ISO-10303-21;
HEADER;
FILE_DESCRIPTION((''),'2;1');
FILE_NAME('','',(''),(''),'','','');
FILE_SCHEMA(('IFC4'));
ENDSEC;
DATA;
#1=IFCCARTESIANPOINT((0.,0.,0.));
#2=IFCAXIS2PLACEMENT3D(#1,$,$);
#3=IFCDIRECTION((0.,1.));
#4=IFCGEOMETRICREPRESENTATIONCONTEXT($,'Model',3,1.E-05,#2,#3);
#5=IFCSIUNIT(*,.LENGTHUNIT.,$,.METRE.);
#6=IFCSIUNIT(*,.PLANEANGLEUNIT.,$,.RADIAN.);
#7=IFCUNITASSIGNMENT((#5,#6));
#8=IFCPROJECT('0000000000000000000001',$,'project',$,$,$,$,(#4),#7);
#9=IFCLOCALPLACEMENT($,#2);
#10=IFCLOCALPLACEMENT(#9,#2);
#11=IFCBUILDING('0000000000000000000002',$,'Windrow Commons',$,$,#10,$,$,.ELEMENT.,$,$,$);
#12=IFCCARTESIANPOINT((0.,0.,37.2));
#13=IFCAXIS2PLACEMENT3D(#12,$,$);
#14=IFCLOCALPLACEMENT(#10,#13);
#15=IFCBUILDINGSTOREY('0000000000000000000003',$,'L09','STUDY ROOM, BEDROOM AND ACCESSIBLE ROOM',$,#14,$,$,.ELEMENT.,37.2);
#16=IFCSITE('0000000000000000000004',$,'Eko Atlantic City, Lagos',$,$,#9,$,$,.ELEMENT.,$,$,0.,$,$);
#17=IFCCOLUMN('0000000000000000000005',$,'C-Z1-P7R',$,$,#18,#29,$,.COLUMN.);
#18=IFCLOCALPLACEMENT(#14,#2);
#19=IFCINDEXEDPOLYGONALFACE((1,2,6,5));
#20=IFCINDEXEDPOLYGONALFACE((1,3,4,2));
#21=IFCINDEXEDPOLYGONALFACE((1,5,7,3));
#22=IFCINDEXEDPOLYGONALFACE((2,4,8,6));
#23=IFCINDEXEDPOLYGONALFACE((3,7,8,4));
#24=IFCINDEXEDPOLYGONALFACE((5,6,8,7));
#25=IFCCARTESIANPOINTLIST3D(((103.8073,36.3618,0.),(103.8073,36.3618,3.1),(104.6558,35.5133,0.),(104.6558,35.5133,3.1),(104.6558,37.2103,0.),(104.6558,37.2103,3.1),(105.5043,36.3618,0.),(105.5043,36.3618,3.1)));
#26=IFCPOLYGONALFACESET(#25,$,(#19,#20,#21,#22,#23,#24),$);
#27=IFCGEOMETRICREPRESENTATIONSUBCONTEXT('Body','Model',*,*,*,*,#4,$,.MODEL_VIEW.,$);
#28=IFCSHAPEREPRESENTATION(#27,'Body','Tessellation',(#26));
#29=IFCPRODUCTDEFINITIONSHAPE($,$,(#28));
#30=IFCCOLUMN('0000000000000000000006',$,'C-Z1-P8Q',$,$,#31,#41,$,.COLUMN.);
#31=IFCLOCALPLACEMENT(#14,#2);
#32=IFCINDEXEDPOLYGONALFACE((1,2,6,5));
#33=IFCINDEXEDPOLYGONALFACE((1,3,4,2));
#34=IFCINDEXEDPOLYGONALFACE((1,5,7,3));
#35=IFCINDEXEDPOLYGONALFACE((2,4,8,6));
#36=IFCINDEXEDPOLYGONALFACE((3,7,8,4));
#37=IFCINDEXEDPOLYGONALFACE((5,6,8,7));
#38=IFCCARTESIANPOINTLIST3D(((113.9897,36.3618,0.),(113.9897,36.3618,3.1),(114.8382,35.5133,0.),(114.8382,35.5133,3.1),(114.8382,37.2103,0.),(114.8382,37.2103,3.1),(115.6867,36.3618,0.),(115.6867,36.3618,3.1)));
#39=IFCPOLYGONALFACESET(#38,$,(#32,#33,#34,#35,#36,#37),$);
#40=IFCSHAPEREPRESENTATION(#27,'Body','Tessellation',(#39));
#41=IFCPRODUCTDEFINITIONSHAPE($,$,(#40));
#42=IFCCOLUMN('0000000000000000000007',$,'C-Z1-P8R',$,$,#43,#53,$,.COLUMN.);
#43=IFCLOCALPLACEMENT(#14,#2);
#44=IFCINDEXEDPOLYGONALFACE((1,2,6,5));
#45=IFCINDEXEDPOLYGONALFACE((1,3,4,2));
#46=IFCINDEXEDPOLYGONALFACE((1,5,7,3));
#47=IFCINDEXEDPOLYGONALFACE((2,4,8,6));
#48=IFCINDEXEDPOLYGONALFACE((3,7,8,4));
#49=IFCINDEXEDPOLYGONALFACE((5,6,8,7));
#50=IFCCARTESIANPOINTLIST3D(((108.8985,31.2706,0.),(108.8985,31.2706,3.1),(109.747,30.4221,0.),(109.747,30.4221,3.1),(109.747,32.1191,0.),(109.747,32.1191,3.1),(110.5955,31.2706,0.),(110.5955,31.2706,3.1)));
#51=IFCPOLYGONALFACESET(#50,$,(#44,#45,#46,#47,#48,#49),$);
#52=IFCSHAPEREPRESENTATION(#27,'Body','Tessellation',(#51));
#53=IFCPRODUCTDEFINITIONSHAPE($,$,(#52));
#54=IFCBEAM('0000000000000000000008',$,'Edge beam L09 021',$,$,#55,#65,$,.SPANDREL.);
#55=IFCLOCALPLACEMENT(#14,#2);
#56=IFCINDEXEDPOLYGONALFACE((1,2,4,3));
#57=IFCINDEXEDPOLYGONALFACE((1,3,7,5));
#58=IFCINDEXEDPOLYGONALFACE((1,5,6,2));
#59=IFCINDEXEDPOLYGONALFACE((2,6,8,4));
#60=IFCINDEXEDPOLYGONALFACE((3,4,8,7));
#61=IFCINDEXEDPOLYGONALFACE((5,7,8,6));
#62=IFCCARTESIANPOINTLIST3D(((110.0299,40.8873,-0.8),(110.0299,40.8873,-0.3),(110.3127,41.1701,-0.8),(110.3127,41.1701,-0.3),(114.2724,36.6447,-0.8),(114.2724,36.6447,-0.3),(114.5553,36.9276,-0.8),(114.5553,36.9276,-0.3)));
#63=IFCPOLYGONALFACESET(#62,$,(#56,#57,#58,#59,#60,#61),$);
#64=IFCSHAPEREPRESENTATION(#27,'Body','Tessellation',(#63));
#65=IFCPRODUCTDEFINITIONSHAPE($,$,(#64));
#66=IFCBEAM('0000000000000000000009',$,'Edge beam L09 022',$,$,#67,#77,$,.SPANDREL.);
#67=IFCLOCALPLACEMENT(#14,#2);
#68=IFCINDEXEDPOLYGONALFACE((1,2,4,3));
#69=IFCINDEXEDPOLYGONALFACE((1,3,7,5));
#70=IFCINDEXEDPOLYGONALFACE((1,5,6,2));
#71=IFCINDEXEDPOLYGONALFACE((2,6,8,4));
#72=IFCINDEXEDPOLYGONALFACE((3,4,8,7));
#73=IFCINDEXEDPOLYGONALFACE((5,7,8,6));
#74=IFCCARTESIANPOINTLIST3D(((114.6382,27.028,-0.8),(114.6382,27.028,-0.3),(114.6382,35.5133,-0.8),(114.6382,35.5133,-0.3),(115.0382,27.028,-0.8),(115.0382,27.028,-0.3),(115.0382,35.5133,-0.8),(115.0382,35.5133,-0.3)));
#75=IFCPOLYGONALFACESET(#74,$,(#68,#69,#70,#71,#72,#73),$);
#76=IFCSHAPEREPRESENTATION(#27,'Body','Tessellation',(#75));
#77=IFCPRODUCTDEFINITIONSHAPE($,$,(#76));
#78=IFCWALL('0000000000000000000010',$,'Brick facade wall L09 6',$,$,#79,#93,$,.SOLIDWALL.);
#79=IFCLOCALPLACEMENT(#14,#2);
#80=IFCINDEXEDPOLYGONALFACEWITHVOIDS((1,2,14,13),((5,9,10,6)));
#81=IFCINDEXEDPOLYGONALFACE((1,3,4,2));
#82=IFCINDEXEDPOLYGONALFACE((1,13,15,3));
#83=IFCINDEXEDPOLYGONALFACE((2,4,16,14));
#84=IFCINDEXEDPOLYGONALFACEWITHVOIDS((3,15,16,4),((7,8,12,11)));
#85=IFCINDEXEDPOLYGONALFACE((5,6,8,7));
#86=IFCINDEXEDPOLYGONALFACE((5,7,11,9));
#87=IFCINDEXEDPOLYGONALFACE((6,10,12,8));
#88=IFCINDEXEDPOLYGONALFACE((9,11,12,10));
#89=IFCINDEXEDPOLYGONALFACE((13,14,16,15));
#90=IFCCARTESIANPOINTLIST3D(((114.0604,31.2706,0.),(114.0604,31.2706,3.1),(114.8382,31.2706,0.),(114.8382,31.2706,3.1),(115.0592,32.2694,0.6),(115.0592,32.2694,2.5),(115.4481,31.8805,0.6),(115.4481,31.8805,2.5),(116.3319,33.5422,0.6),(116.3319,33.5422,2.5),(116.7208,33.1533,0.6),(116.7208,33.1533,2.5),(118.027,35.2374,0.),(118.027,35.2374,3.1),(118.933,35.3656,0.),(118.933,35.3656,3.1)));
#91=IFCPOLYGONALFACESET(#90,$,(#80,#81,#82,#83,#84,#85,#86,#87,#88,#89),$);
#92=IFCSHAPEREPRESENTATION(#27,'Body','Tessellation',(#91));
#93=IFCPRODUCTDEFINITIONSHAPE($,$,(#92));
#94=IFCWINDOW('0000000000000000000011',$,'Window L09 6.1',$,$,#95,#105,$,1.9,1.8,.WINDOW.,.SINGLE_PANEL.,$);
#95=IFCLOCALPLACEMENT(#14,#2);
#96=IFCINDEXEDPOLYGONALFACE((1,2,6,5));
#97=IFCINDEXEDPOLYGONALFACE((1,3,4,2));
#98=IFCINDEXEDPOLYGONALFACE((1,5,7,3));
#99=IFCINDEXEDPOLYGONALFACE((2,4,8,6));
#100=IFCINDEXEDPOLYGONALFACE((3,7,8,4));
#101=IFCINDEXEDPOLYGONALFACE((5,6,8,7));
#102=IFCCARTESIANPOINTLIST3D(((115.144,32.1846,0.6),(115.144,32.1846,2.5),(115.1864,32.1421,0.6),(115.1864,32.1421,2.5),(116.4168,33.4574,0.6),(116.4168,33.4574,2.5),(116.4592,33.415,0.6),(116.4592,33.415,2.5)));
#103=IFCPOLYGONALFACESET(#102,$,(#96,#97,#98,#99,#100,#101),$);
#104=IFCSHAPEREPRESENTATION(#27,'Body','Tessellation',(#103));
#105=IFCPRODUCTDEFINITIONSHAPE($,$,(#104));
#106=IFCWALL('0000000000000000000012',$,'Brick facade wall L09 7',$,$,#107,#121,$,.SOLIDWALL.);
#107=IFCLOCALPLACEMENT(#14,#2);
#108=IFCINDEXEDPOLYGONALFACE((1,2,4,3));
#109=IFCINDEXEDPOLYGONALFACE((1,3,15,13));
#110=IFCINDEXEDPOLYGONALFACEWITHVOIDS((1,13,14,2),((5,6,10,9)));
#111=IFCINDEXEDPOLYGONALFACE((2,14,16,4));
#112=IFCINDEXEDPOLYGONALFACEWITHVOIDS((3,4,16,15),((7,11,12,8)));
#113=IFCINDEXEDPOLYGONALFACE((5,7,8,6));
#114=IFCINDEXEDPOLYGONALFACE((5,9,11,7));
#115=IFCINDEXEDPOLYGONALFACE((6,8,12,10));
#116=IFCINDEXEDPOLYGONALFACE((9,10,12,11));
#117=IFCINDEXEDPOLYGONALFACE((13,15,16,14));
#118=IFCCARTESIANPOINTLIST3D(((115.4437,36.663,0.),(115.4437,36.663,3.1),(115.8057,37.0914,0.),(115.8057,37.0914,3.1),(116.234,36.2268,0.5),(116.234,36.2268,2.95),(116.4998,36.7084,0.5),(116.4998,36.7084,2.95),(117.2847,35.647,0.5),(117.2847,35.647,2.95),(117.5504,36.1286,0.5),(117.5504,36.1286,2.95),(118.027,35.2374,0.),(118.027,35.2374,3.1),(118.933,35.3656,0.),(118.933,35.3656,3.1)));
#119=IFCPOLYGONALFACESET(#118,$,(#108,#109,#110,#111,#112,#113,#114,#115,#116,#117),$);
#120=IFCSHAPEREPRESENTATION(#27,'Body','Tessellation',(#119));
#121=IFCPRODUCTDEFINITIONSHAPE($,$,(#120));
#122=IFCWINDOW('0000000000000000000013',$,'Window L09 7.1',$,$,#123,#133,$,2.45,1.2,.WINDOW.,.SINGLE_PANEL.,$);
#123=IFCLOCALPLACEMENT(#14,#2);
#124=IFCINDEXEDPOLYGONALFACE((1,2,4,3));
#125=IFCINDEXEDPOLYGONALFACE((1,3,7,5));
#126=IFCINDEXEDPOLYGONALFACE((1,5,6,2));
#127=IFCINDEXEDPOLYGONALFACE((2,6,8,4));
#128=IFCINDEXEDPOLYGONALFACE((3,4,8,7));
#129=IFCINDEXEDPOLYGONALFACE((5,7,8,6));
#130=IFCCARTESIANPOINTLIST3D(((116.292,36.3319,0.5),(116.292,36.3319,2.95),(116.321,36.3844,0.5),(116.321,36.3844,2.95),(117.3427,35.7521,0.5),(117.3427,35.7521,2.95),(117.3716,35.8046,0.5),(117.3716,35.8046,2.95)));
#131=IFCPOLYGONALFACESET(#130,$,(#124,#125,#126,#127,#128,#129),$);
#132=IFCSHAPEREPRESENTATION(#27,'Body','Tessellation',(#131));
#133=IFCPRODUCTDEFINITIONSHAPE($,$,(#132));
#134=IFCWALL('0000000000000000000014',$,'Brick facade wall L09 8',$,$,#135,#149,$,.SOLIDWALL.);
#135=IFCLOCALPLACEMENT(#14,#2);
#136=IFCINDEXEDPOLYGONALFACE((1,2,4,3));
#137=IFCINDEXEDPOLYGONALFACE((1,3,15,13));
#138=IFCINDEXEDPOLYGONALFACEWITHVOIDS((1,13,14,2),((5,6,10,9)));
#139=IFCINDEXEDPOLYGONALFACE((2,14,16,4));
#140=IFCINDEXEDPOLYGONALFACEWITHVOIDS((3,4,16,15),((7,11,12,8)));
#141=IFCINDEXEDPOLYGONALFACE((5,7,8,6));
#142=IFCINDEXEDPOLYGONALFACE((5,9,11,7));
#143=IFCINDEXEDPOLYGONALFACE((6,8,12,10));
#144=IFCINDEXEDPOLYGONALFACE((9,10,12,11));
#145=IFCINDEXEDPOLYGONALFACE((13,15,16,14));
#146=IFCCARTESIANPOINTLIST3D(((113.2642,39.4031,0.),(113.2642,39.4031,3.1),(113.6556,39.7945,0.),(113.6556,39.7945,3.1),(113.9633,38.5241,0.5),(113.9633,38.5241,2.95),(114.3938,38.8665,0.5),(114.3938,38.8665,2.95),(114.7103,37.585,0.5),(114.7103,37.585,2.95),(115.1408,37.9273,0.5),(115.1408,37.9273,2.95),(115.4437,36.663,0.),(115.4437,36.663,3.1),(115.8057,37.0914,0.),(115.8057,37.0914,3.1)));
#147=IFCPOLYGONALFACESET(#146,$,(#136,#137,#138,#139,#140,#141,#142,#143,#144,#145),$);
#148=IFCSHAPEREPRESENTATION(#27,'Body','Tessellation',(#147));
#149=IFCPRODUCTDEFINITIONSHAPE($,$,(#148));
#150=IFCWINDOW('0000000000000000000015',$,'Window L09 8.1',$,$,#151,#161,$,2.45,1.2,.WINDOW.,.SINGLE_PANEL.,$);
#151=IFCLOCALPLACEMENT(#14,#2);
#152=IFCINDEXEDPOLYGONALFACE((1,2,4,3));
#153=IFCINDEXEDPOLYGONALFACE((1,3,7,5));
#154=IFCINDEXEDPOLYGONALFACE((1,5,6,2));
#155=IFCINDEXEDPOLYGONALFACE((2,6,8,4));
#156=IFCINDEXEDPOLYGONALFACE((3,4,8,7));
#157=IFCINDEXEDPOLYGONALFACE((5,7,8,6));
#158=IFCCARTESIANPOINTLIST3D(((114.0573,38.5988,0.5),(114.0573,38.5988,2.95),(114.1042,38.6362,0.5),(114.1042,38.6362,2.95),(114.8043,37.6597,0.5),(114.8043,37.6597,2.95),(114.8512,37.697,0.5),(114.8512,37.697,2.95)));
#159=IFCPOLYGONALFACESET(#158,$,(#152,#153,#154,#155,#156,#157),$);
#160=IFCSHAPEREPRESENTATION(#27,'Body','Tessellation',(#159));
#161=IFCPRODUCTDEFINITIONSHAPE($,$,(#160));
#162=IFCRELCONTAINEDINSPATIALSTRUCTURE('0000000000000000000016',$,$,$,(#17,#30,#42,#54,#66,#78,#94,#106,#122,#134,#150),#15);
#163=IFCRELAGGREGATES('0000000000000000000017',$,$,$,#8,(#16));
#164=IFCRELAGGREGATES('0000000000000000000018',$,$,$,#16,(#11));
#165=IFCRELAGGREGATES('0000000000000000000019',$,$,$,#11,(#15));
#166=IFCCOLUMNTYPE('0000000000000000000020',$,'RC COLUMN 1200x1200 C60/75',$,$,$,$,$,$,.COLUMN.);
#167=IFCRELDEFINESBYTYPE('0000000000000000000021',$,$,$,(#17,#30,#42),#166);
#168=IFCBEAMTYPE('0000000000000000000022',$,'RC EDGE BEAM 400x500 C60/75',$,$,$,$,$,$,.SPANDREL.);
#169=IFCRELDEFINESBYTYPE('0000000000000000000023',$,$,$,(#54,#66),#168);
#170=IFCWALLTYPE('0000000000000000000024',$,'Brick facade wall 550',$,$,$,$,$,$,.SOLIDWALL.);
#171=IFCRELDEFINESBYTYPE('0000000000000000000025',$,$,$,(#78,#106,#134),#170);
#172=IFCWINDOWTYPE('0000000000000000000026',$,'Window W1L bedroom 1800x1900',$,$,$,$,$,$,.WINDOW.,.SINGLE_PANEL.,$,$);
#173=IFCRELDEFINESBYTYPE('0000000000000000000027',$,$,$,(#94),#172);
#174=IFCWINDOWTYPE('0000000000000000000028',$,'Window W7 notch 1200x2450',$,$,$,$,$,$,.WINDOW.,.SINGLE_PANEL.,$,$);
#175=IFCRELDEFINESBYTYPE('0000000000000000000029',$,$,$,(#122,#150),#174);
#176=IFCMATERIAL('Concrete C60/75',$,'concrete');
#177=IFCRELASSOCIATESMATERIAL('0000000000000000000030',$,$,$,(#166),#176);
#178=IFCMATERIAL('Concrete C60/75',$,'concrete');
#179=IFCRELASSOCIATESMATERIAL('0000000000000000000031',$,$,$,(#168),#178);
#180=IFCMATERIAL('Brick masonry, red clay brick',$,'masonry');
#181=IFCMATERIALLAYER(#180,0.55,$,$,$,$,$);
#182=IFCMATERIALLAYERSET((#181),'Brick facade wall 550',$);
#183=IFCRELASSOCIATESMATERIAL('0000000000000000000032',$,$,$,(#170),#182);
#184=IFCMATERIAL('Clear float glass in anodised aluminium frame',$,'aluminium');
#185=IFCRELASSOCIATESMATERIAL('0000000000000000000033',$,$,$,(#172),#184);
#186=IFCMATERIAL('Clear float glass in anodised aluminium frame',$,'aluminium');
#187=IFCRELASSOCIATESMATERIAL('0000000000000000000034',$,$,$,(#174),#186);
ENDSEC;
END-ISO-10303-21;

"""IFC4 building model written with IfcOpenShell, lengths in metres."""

from ifc_helpers import new_model, si_unit, direction, frame, frame_2d, origin, origin_2d, place, context, subcontext, project, spatial, polyline, rectangle, outline, extrude, material, layer, layer_set, material_profile, profile_set, type_object, element, fill, save


model = new_model("IFC4")

# Units and contexts
model_context = context("Model", 3, precision=1e-05, world=origin(), true_north=direction((0.0, 1.0)))
body_context = subcontext(model_context, "Body", "Model", "MODEL_VIEW")
ifc_project = project(units=[si_unit("LENGTHUNIT", "METRE"), si_unit("PLANEANGLEUNIT", "RADIAN")], contexts=[model_context])

# Site, building, storey
site_placement = place(None, origin())
site = spatial("IfcSite", under=ifc_project, at=site_placement, Name="Eko Atlantic City, Lagos", CompositionType="ELEMENT", RefElevation=0.0)
building_placement = place(site_placement, origin())
building = spatial("IfcBuilding", under=site, at=building_placement, Name="Windrow Commons", CompositionType="ELEMENT")
storey_placement = place(building_placement, frame((0.0, 0.0, 37.2)))
storey = spatial("IfcBuildingStorey", under=building, at=storey_placement, Name="L09", Description="STUDY ROOM, BEDROOM AND ACCESSIBLE ROOM", CompositionType="ELEMENT", Elevation=37.2)

# Columns
ifc_material_1 = material(Name="Concrete C60/75", Category="concrete")
ifc_material_profile_1 = material_profile(ifc_material_1, rectangle(XDim=1.2, YDim=1.2, at=origin_2d()))
ifc_profile_set_1 = profile_set([ifc_material_profile_1], Name="Concrete C60/75")
column_type = type_object("IfcColumnType", Name="RC COLUMN 1200x1200 C60/75", PredefinedType="COLUMN", material=ifc_profile_set_1)
for number, where, z_axis, x_axis, name in (
    (1, (104.6558, 36.3618, 0.0), (0.0, 0.0, 1.0), (0.707107, -0.707107, 0.0), "C-Z1-P7R"),
    (2, (114.8382, 36.3618, 0.0), (0.0, 0.0, 1.0), (0.707107, -0.707107, 0.0), "C-Z1-P8Q"),
    (3, (109.747, 31.2706, 0.0), (0.0, 0.0, 1.0), (0.707107, -0.707107, 0.0), "C-Z1-P8R"),
):
    element("IfcColumn", number, at=place(storey_placement, frame(where, z_axis=z_axis, x_axis=x_axis)), inside=storey, type_object=column_type, Name=name, PredefinedType="COLUMN", context=body_context, shape_type="SweptSolid", body=[
        extrude(rectangle(XDim=1.2, YDim=1.2, at=origin_2d()), origin(), (0.0, 0.0, 1.0), 3.1),
    ])

# Beams
ifc_material_2 = material(Name="Concrete C60/75", Category="concrete")
ifc_material_profile_2 = material_profile(ifc_material_2, rectangle(XDim=0.4, YDim=0.5, at=origin_2d()))
ifc_profile_set_2 = profile_set([ifc_material_profile_2], Name="Concrete C60/75")
beam_type = type_object("IfcBeamType", Name="RC EDGE BEAM 400x500 C60/75", PredefinedType="SPANDREL", material=ifc_profile_set_2)
beam_1_placement = place(storey_placement, frame((110.1713, 41.0287, -0.55), z_axis=(0.707107, -0.707107, 0.0), x_axis=(0.707107, 0.707107, 0.0)))
element("IfcBeam", 4, at=beam_1_placement, inside=storey, type_object=beam_type, Name="Edge beam L09 021", PredefinedType="SPANDREL", context=body_context, shape_type="SweptSolid", body=[
    extrude(rectangle(XDim=0.4, YDim=0.5, at=origin_2d()), origin(), (0.0, 0.0, 1.0), 5.9999),
])
beam_2_placement = place(storey_placement, frame((114.8382, 35.5133, -0.55), z_axis=(0.0, -1.0, 0.0), x_axis=(1.0, 0.0, 0.0)))
element("IfcBeam", 5, at=beam_2_placement, inside=storey, type_object=beam_type, Name="Edge beam L09 022", PredefinedType="SPANDREL", context=body_context, shape_type="SweptSolid", body=[
    extrude(rectangle(XDim=0.4, YDim=0.5, at=origin_2d()), origin(), (0.0, 0.0, 1.0), 8.4853),
])

# Walls, openings, windows
ifc_material_3 = material(Name="Brick masonry, red clay brick", Category="masonry")
ifc_layer_1 = layer(ifc_material_3, 0.55)
ifc_layer_set_1 = layer_set([ifc_layer_1], Name="Brick facade wall 550")
wall_type_1 = type_object("IfcWallType", Name="Brick facade wall 550", PredefinedType="SOLIDWALL", material=ifc_layer_set_1)
wall_1_placement = place(storey_placement, frame((114.4493, 31.2706, 0.0), z_axis=(0.0, 0.0, 1.0), x_axis=(0.707089, 0.707124, 0.0)))
wall_1 = element("IfcWall", 6, at=wall_1_placement, inside=storey, type_object=wall_type_1, Name="Brick facade wall L09 6", PredefinedType="SOLIDWALL", context=body_context, shape_type="SweptSolid", body=[
    extrude(outline(polyline([(0.275, -0.275), (6.066, -0.275), (5.3348, 0.275), (-0.275, 0.275), (0.275, -0.275)])), origin(), (0.0, 0.0, 1.0), 3.1),
])
opening_1_placement = place(wall_1_placement, frame((1.1375, 0.0, 0.6)))
opening_1 = element("IfcOpeningElement", 7, at=opening_1_placement, cuts=wall_1, PredefinedType="OPENING", context=body_context, shape_type="SweptSolid", body=[
    extrude(rectangle(XDim=1.8, YDim=1.9, at=frame_2d((0.9, 0.95))), frame((0.0, 0.285, 0.0), z_axis=(0.0, -1.0, 0.0), x_axis=(1.0, 0.0, 0.0)), (0.0, 0.0, 1.0), 0.57),
])
ifc_material_4 = material(Name="Clear float glass in anodised aluminium frame", Category="aluminium")
window_type_1 = type_object("IfcWindowType", Name="Window W1L bedroom 1800x1900", PartitioningType="SINGLE_PANEL", PredefinedType="WINDOW", material=ifc_material_4)
window_1_placement = place(opening_1_placement, origin())
window_1 = element("IfcWindow", 8, at=window_1_placement, inside=storey, type_object=window_type_1, Name="Window L09 6.1", OverallHeight=1.9, OverallWidth=1.8, PartitioningType="SINGLE_PANEL", PredefinedType="WINDOW", context=body_context, shape_type="SweptSolid", body=[
    extrude(rectangle(XDim=1.8, YDim=1.9, at=frame_2d((0.9, 0.95))), frame((0.0, 0.155, 0.0), z_axis=(0.0, -1.0, 0.0), x_axis=(1.0, 0.0, 0.0)), (0.0, 0.0, 1.0), 0.06),
])
fill(opening_1, window_1)
wall_2_placement = place(storey_placement, frame((118.48, 35.3015, 0.0), z_axis=(0.0, 0.0, 1.0), x_axis=(-0.875531, 0.483162, 0.0)))
wall_2 = element("IfcWall", 9, at=wall_2_placement, inside=storey, type_object=wall_type_1, Name="Brick facade wall L09 7", PredefinedType="SOLIDWALL", context=body_context, shape_type="SweptSolid", body=[
    extrude(outline(polyline([(-0.3656, -0.275), (3.2063, -0.275), (3.3162, 0.275), (0.3656, 0.275), (-0.3656, -0.275)])), origin(), (0.0, 0.0, 1.0), 3.1),
])
opening_2_placement = place(wall_2_placement, frame((1.2135, 0.0, 0.5)))
opening_2 = element("IfcOpeningElement", 10, at=opening_2_placement, cuts=wall_2, PredefinedType="OPENING", context=body_context, shape_type="SweptSolid", body=[
    extrude(rectangle(XDim=1.2, YDim=2.45, at=frame_2d((0.6, 1.225))), frame((0.0, 0.285, 0.0), z_axis=(0.0, -1.0, 0.0), x_axis=(1.0, 0.0, 0.0)), (0.0, 0.0, 1.0), 0.57),
])
ifc_material_5 = material(Name="Clear float glass in anodised aluminium frame", Category="aluminium")
window_type_2 = type_object("IfcWindowType", Name="Window W7 notch 1200x2450", PartitioningType="SINGLE_PANEL", PredefinedType="WINDOW", material=ifc_material_5)
window_2_placement = place(opening_2_placement, origin())
window_2 = element("IfcWindow", 11, at=window_2_placement, inside=storey, type_object=window_type_2, Name="Window L09 7.1", OverallHeight=2.45, OverallWidth=1.2, PartitioningType="SINGLE_PANEL", PredefinedType="WINDOW", context=body_context, shape_type="SweptSolid", body=[
    extrude(rectangle(XDim=1.2, YDim=2.45, at=frame_2d((0.6, 1.225))), frame((0.0, 0.155, 0.0), z_axis=(0.0, -1.0, 0.0), x_axis=(1.0, 0.0, 0.0)), (0.0, 0.0, 1.0), 0.06),
])
fill(opening_2, window_2)
wall_3_placement = place(storey_placement, frame((115.6247, 36.8772, 0.0), z_axis=(0.0, 0.0, 1.0), x_axis=(-0.622504, 0.782616, 0.0)))
wall_3 = element("IfcWall", 12, at=wall_3_placement, inside=storey, type_object=wall_type_1, Name="Brick facade wall L09 8", PredefinedType="SOLIDWALL", context=body_context, shape_type="SweptSolid", body=[
    extrude(outline(polyline([(0.055, -0.275), (3.5089, -0.275), (3.4462, 0.275), (-0.055, 0.275), (0.055, -0.275)])), origin(), (0.0, 0.0, 1.0), 3.1),
])
opening_3_placement = place(wall_3_placement, frame((1.1231, 0.0, 0.5)))
opening_3 = element("IfcOpeningElement", 13, at=opening_3_placement, cuts=wall_3, PredefinedType="OPENING", context=body_context, shape_type="SweptSolid", body=[
    extrude(rectangle(XDim=1.2, YDim=2.45, at=frame_2d((0.6, 1.225))), frame((0.0, 0.285, 0.0), z_axis=(0.0, -1.0, 0.0), x_axis=(1.0, 0.0, 0.0)), (0.0, 0.0, 1.0), 0.57),
])
window_3_placement = place(opening_3_placement, origin())
window_3 = element("IfcWindow", 14, at=window_3_placement, inside=storey, type_object=window_type_2, Name="Window L09 8.1", OverallHeight=2.45, OverallWidth=1.2, PartitioningType="SINGLE_PANEL", PredefinedType="WINDOW", context=body_context, shape_type="SweptSolid", body=[
    extrude(rectangle(XDim=1.2, YDim=2.45, at=frame_2d((0.6, 1.225))), frame((0.0, 0.155, 0.0), z_axis=(0.0, -1.0, 0.0), x_axis=(1.0, 0.0, 0.0)), (0.0, 0.0, 1.0), 0.06),
])
fill(opening_3, window_3)

save(model, "model.ifc")
